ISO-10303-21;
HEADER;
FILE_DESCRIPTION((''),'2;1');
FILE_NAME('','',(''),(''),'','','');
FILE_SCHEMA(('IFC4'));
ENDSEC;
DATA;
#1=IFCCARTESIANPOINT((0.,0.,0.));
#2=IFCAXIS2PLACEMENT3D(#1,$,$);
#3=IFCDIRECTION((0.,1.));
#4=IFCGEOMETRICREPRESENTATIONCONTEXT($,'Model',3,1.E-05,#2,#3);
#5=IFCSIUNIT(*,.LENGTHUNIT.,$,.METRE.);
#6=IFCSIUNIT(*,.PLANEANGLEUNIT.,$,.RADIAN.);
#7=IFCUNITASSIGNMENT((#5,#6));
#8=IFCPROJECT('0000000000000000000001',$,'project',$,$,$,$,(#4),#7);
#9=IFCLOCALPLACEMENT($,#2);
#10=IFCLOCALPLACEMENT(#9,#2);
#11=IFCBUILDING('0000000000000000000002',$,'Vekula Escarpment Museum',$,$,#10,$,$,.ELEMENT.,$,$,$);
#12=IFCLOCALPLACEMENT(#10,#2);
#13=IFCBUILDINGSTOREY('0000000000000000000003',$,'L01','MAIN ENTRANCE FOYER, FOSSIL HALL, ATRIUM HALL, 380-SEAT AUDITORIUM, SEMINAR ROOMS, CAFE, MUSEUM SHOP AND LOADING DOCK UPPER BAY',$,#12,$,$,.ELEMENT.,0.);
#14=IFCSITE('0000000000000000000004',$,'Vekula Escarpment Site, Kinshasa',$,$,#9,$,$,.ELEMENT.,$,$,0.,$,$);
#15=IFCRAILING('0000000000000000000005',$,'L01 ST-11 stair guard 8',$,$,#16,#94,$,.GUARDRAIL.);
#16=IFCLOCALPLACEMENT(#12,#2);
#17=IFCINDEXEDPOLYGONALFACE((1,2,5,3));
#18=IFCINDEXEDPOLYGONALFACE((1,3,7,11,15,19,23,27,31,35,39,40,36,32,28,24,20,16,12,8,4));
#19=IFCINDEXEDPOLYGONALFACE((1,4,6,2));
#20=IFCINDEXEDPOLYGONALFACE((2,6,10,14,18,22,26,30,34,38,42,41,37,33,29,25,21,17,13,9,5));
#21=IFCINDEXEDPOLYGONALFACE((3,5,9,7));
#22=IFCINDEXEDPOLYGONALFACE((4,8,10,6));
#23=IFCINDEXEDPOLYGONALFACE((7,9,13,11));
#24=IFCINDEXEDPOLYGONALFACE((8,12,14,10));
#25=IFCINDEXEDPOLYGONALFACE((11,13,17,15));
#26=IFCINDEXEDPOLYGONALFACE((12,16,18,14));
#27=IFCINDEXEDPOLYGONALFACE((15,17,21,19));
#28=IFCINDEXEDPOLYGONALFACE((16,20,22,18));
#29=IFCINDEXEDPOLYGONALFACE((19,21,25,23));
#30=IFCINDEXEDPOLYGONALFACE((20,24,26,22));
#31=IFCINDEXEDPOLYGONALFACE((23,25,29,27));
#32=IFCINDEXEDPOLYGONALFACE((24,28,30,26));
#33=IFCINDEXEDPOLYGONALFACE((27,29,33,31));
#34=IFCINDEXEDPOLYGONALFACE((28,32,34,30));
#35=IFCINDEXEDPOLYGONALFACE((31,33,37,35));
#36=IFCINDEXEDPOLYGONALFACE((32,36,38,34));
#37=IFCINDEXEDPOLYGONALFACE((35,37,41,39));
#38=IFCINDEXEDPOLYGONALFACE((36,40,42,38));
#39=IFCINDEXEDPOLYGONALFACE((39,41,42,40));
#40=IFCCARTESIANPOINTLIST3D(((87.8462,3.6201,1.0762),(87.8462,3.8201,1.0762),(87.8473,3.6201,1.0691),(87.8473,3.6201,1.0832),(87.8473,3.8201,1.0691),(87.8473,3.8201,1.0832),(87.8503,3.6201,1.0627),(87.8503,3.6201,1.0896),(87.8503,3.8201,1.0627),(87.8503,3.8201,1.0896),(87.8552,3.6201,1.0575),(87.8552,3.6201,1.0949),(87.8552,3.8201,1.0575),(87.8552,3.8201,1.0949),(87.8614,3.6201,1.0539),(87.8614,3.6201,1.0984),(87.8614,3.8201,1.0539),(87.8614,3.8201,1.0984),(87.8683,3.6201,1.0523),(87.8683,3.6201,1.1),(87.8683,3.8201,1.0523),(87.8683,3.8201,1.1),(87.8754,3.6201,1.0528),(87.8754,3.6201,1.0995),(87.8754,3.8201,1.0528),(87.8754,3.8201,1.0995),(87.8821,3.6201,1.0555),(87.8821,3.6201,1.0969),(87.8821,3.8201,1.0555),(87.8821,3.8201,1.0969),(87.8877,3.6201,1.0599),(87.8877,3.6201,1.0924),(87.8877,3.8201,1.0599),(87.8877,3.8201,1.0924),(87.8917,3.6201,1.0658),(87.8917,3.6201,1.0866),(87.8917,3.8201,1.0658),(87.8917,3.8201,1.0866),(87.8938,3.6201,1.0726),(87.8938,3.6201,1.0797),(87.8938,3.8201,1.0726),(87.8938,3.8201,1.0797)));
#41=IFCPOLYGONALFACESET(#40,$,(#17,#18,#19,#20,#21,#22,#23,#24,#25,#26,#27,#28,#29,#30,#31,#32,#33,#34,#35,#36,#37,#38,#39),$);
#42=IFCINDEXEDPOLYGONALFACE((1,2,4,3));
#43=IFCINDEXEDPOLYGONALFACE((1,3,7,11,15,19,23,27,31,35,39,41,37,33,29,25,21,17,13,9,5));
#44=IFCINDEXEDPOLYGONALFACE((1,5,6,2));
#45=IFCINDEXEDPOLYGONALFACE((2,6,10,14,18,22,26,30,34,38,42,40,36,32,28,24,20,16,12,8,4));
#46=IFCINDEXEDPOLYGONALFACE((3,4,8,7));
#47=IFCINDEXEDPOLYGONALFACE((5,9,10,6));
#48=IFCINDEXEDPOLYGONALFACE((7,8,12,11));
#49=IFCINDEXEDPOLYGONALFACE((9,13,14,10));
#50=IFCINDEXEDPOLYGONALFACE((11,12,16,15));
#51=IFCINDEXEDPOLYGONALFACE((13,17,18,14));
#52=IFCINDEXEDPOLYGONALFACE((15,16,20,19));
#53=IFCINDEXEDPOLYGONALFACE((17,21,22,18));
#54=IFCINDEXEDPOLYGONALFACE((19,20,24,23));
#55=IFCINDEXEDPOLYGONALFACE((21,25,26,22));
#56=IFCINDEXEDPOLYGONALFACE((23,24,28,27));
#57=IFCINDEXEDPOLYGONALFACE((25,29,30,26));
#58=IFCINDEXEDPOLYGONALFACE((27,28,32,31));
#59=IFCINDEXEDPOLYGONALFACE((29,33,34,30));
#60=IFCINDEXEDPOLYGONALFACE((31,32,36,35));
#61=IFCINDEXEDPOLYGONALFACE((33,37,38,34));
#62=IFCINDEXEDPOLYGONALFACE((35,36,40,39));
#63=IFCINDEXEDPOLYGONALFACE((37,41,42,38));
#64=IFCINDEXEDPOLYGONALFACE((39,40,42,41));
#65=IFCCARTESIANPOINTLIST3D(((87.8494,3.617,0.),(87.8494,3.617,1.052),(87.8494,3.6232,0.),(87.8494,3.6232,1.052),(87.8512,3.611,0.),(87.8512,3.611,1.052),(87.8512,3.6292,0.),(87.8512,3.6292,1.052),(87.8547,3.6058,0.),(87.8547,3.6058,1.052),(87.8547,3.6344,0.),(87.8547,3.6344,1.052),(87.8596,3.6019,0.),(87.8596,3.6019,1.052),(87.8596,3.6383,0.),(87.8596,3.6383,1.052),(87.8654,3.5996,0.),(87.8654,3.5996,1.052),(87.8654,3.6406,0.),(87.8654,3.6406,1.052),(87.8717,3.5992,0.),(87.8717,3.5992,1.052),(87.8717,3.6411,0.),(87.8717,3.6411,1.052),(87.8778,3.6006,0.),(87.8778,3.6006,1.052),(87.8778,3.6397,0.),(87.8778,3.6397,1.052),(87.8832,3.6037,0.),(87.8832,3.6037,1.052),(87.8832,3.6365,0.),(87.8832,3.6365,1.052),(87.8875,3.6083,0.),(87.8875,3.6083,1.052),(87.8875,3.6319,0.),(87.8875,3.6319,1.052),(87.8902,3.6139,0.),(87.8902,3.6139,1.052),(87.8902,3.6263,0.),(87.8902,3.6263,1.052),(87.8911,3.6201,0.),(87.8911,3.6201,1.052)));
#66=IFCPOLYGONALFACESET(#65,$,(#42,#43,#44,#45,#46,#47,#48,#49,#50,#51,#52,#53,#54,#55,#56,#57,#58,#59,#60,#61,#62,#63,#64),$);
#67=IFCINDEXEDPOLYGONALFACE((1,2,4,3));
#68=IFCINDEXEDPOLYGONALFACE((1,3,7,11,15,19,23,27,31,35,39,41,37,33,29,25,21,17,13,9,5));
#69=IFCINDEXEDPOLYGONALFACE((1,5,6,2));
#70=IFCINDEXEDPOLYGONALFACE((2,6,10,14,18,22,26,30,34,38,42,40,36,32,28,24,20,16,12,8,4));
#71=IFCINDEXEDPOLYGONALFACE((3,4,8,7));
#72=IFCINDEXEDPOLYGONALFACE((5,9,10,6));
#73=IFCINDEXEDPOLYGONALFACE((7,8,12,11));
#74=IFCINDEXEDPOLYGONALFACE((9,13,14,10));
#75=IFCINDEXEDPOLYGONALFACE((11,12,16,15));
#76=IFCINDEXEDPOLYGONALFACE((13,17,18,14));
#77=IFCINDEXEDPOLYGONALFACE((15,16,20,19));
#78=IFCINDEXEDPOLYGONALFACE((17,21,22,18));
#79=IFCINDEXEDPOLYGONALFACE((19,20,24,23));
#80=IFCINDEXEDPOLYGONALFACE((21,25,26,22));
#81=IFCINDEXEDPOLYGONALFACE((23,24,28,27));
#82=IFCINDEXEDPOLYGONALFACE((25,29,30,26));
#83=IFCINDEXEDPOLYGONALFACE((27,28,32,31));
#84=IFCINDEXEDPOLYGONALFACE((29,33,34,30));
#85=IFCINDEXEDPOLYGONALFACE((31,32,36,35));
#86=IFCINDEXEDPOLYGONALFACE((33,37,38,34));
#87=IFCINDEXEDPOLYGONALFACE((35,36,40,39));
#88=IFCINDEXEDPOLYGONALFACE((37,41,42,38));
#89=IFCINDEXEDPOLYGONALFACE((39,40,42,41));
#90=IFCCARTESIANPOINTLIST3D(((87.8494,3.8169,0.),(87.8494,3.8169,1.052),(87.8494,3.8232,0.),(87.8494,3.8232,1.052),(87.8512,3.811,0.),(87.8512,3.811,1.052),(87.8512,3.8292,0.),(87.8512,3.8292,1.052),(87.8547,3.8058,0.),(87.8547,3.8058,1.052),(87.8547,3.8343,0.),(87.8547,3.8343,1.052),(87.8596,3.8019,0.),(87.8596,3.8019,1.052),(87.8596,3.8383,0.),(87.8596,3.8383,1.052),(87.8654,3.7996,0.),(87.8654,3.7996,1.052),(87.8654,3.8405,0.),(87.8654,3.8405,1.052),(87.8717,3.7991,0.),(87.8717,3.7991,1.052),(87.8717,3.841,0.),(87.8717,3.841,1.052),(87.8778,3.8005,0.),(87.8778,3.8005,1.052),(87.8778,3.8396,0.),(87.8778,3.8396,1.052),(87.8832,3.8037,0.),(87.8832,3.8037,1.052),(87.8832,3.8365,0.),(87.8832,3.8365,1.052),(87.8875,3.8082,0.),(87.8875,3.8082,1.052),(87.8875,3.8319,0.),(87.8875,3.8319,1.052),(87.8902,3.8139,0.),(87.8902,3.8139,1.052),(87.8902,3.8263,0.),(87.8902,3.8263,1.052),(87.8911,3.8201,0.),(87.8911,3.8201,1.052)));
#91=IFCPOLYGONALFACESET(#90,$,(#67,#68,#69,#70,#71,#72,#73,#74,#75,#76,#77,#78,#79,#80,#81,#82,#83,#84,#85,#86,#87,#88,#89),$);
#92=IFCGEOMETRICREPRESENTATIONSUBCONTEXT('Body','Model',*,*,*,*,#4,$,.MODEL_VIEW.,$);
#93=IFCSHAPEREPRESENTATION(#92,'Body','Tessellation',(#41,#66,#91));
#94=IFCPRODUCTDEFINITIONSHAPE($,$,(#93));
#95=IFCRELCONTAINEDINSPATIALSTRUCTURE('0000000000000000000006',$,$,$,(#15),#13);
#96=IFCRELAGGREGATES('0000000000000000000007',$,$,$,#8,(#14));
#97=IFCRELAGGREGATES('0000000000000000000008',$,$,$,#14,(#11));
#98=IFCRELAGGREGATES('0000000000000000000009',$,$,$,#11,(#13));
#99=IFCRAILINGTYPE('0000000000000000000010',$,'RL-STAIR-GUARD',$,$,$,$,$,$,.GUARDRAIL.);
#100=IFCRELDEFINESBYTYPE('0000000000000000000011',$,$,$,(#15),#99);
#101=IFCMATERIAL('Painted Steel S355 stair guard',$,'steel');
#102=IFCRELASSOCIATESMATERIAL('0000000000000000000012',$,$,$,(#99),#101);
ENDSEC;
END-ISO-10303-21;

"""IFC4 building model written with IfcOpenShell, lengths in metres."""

from ifc_helpers import new_model, si_unit, direction, frame, origin, origin_2d, place, context, subcontext, project, spatial, circle, extrude, material, type_object, element, save


model = new_model("IFC4")

# Units and contexts
model_context = context("Model", 3, precision=1e-05, world=origin(), true_north=direction((0.0, 1.0)))
body_context = subcontext(model_context, "Body", "Model", "MODEL_VIEW")
ifc_project = project(units=[si_unit("LENGTHUNIT", "METRE"), si_unit("PLANEANGLEUNIT", "RADIAN")], contexts=[model_context])

# Site, building, storey
site_placement = place(None, origin())
site = spatial("IfcSite", under=ifc_project, at=site_placement, Name="Vekula Escarpment Site, Kinshasa", CompositionType="ELEMENT", RefElevation=0.0)
building_placement = place(site_placement, origin())
building = spatial("IfcBuilding", under=site, at=building_placement, Name="Vekula Escarpment Museum", CompositionType="ELEMENT")
storey_placement = place(building_placement, origin())
storey = spatial("IfcBuildingStorey", under=building, at=storey_placement, Name="L01", Description="MAIN ENTRANCE FOYER, FOSSIL HALL, ATRIUM HALL, 380-SEAT AUDITORIUM, SEMINAR ROOMS, CAFE, MUSEUM SHOP AND LOADING DOCK UPPER BAY", CompositionType="ELEMENT", Elevation=0.0)

# Railing
ifc_material_1 = material(Name="Painted Steel S355 stair guard", Category="steel")
railing_type_1 = type_object("IfcRailingType", Name="RL-STAIR-GUARD", PredefinedType="GUARDRAIL", material=ifc_material_1)
railing_1_placement = place(storey_placement, frame((87.8701, 3.6201, 0.0)))
element("IfcRailing", 1, at=railing_1_placement, inside=storey, type_object=railing_type_1, Name="L01 ST-11 stair guard 8", PredefinedType="GUARDRAIL", context=body_context, shape_type="SweptSolid", body=[
    extrude(circle(Radius=0.0239, at=origin_2d()), frame((0.0, 0.0, 1.0762), z_axis=(0.0, 1.0, 0.0), x_axis=(-1.0, 0.0, 0.0)), (0.0, 0.0, 1.0), 0.2),
    extrude(circle(Radius=0.021, at=origin_2d()), origin(), (0.0, 0.0, 1.0), 1.052),
    extrude(circle(Radius=0.021, at=origin_2d()), frame((0.0, 0.2, 0.0)), (0.0, 0.0, 1.0), 1.052),
])

save(model, "model.ifc")
